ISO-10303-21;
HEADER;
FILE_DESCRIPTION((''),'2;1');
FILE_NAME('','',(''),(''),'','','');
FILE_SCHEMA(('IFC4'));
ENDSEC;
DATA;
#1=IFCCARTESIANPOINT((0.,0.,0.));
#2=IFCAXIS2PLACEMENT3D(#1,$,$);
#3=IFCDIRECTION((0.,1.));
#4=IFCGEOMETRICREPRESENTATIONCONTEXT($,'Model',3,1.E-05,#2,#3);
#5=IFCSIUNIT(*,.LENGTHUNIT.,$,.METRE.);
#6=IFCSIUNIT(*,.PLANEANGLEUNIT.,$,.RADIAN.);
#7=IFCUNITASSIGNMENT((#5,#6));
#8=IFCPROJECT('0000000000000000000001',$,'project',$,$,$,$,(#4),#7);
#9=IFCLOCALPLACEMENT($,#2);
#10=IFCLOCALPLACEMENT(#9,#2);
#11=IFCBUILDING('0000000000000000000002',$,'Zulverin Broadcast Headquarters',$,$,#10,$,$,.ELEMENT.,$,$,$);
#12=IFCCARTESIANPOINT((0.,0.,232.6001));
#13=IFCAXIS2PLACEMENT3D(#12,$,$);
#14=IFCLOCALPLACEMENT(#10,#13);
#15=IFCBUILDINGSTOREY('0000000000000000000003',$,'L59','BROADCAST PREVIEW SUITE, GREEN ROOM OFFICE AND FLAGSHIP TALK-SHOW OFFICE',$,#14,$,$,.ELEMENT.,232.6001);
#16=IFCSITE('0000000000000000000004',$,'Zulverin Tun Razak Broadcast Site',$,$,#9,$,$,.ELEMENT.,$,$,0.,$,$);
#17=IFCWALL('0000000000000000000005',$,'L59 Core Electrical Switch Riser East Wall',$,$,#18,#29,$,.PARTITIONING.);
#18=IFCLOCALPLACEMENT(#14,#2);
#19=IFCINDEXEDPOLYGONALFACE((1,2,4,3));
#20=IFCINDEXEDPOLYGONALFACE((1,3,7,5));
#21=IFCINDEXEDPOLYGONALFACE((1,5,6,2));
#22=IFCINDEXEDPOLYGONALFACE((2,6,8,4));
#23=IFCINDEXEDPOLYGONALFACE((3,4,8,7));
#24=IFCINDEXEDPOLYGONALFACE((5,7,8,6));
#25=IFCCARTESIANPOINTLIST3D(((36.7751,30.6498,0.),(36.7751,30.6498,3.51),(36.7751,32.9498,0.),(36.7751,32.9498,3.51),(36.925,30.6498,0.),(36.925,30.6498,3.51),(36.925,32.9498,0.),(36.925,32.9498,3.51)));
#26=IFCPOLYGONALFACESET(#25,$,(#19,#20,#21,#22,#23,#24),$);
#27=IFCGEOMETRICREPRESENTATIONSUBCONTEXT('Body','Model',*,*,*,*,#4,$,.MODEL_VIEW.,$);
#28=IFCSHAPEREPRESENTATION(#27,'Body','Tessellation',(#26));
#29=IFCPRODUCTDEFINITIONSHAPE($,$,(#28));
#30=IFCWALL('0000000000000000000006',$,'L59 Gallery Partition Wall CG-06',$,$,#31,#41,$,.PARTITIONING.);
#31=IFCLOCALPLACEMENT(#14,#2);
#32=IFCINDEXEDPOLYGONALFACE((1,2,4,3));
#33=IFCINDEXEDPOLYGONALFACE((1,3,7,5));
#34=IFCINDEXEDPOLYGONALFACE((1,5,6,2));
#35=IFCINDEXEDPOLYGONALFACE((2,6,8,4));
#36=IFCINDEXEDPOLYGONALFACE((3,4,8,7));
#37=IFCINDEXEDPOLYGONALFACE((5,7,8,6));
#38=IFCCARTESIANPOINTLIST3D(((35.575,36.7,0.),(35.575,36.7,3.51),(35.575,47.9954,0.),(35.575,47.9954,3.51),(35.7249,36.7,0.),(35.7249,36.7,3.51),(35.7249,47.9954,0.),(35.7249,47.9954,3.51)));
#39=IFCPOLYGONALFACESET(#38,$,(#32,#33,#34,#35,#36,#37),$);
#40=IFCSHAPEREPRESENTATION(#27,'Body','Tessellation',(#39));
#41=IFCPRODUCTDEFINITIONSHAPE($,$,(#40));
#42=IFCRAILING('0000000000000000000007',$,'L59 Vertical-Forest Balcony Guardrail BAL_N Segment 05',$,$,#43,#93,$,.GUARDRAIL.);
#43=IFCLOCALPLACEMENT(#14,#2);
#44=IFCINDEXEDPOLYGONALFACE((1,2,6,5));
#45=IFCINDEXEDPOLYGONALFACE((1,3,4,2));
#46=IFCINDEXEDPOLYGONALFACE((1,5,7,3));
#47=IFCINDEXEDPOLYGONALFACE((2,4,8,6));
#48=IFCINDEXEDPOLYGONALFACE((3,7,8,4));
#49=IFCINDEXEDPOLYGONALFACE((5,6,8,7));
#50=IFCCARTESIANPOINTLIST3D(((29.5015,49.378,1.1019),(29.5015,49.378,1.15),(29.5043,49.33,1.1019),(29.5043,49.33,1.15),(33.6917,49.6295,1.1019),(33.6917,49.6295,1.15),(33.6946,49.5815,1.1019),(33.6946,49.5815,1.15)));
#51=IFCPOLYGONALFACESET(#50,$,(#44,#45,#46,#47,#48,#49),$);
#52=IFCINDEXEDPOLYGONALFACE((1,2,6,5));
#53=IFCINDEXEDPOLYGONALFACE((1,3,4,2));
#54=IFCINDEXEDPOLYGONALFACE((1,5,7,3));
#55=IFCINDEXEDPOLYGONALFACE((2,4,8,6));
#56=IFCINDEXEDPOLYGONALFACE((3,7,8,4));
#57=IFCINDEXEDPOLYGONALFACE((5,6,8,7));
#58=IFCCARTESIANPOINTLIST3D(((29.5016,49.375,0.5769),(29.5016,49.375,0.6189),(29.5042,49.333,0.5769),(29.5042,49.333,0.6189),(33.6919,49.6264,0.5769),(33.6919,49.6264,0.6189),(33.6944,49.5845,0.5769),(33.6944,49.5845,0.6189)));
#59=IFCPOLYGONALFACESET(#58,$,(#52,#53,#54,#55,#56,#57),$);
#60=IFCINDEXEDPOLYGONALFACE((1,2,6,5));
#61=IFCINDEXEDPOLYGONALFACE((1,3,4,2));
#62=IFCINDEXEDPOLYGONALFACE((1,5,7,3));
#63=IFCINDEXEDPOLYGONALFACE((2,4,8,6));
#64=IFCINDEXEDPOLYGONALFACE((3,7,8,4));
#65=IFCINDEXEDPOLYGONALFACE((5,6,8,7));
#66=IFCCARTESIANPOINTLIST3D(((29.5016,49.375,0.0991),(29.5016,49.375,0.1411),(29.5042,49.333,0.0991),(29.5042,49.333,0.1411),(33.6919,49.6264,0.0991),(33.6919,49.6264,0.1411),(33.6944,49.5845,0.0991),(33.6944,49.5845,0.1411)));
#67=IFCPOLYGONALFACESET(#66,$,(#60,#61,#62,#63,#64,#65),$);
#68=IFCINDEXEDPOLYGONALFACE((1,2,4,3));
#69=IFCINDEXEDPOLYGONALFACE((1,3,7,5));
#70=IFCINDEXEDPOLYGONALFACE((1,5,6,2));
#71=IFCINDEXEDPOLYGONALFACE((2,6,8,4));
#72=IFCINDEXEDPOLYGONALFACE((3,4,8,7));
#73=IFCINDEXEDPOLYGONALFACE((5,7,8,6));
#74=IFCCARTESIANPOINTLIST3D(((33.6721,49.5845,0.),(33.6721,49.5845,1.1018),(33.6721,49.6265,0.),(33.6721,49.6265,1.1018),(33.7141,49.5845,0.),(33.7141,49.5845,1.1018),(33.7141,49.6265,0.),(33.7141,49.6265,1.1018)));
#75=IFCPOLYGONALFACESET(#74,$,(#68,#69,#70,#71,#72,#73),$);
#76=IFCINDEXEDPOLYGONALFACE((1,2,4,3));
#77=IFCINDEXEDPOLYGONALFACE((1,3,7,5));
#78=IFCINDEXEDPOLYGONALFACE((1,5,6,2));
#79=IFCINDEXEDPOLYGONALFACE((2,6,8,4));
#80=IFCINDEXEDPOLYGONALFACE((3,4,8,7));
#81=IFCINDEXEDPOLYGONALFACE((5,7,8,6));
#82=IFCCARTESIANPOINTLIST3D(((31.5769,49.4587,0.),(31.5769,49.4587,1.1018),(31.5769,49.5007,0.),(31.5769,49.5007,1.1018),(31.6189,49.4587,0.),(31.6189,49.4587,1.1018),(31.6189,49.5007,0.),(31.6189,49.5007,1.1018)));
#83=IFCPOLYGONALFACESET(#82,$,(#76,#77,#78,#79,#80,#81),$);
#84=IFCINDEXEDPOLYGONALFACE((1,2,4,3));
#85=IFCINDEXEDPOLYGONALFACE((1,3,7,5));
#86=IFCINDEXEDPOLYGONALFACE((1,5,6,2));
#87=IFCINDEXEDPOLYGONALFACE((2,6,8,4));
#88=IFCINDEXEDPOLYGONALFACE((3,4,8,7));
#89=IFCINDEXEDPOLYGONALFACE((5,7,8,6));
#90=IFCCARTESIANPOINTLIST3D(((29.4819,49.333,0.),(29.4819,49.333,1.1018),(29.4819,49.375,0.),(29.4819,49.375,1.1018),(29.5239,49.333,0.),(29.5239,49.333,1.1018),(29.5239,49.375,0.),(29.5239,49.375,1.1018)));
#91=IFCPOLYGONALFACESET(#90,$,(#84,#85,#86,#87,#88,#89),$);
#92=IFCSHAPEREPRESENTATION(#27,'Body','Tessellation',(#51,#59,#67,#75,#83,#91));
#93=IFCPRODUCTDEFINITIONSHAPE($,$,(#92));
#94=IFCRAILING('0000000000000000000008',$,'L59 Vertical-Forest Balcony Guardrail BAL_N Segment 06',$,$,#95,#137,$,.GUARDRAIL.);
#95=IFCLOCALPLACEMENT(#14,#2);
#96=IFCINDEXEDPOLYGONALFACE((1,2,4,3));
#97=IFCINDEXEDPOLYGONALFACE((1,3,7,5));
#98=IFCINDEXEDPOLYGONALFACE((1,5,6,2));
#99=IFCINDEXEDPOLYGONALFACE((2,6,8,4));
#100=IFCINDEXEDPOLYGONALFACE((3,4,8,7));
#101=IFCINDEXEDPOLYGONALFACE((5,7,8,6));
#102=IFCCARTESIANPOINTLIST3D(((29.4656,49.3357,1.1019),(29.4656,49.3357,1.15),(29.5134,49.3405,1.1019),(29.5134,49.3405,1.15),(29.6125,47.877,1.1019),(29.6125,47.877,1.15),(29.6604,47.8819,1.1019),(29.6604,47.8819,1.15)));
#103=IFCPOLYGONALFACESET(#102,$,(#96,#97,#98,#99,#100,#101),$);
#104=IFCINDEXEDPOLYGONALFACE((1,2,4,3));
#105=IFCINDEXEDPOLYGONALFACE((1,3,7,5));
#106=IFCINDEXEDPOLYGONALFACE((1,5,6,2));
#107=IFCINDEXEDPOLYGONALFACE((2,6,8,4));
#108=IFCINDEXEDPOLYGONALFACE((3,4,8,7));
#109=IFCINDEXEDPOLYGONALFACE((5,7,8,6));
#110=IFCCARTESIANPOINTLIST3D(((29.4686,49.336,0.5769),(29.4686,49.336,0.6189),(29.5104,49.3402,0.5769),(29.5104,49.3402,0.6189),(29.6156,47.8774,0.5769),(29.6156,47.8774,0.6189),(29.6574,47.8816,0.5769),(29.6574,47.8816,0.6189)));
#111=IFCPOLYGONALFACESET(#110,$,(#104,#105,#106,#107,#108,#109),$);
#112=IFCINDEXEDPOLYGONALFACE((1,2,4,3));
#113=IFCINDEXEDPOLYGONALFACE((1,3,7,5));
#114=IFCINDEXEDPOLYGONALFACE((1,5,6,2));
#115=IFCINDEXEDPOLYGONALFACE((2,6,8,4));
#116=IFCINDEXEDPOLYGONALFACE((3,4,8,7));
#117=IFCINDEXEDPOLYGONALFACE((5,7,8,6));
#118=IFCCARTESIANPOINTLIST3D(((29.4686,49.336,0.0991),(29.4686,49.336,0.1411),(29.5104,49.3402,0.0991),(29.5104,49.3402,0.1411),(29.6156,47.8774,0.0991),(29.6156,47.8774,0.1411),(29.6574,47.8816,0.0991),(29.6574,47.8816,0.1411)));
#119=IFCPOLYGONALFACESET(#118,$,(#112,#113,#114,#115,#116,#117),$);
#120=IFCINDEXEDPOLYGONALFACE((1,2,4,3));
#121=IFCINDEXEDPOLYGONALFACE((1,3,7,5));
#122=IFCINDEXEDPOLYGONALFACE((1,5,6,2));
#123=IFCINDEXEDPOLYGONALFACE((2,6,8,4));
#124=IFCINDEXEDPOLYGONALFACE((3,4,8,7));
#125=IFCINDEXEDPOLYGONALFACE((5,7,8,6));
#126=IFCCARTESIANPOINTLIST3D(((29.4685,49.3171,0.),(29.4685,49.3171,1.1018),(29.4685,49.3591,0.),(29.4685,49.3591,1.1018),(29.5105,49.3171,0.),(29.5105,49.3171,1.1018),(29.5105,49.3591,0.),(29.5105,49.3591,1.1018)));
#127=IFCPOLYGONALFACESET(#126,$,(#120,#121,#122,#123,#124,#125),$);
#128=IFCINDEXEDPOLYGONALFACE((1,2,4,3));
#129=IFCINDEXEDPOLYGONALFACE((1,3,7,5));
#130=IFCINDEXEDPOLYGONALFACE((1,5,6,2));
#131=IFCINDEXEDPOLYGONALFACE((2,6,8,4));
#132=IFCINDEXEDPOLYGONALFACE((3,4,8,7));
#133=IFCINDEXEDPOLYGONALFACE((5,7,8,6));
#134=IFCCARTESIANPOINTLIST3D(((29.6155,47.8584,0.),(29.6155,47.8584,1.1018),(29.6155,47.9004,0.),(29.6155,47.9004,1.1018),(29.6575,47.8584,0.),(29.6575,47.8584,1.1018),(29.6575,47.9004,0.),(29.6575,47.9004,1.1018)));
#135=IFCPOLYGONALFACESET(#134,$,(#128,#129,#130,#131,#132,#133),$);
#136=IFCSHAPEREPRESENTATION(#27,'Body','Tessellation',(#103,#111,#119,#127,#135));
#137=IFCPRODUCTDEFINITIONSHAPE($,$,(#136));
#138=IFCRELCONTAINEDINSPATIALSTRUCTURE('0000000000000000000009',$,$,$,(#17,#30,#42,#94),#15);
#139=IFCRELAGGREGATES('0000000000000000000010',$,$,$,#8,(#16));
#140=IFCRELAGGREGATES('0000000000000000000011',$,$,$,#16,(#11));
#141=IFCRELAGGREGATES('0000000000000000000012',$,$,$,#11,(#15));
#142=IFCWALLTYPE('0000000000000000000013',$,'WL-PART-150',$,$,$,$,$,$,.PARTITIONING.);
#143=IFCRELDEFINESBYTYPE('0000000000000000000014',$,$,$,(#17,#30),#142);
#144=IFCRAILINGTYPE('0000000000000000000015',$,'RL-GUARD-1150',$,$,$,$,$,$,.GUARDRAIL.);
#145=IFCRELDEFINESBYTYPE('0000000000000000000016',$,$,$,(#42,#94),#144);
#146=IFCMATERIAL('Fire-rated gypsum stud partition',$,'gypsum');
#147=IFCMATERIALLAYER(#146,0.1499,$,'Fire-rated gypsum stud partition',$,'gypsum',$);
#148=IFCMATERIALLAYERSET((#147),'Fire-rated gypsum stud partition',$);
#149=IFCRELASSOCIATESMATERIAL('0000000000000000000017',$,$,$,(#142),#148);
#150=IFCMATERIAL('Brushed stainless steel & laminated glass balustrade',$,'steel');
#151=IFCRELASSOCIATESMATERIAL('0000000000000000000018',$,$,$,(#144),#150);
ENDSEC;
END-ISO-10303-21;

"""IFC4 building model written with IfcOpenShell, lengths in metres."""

from ifc_helpers import new_model, si_unit, direction, frame, frame_2d, origin, origin_2d, place, context, subcontext, project, spatial, rectangle, extrude, material, layer, layer_set, type_object, element, save


model = new_model("IFC4")

# Units and contexts
model_context = context("Model", 3, precision=1e-05, world=origin(), true_north=direction((0.0, 1.0)))
body_context = subcontext(model_context, "Body", "Model", "MODEL_VIEW")
ifc_project = project(units=[si_unit("LENGTHUNIT", "METRE"), si_unit("PLANEANGLEUNIT", "RADIAN")], contexts=[model_context])

# Site, building, storey
site_placement = place(None, origin())
site = spatial("IfcSite", under=ifc_project, at=site_placement, Name="Zulverin Tun Razak Broadcast Site", CompositionType="ELEMENT", RefElevation=0.0)
building_placement = place(site_placement, origin())
building = spatial("IfcBuilding", under=site, at=building_placement, Name="Zulverin Broadcast Headquarters", CompositionType="ELEMENT")
storey_placement = place(building_placement, frame((0.0, 0.0, 232.6001)))
storey = spatial("IfcBuildingStorey", under=building, at=storey_placement, Name="L59", Description="BROADCAST PREVIEW SUITE, GREEN ROOM OFFICE AND FLAGSHIP TALK-SHOW OFFICE", CompositionType="ELEMENT", Elevation=232.6001)

# Shared definitions
ifc_material_1 = material(Name="Fire-rated gypsum stud partition", Category="gypsum")
ifc_layer_1 = layer(ifc_material_1, 0.1499, Name="Fire-rated gypsum stud partition", Category="gypsum")
ifc_layer_set_1 = layer_set([ifc_layer_1], Name="Fire-rated gypsum stud partition")
wall_type_1 = type_object("IfcWallType", Name="WL-PART-150", PredefinedType="PARTITIONING", material=ifc_layer_set_1)

# Walls
for number, where, z_axis, x_axis, name in (
    (1, (36.8501, 30.6499, 0.0), (0.0, 0.0, 1.0), (0.0, 1.0, 0.0), "L59 Core Electrical Switch Riser East Wall"),
):
    element("IfcWall", number, at=place(storey_placement, frame(where, z_axis=z_axis, x_axis=x_axis)), inside=storey, type_object=wall_type_1, Name=name, PredefinedType="PARTITIONING", context=body_context, shape_type="SweptSolid", body=[
        extrude(rectangle(XDim=2.3, YDim=0.1499, at=frame_2d((1.1499, 0.0))), origin(), (0.0, 0.0, 1.0), 3.51),
    ])
wall_1_placement = place(storey_placement, frame((35.6499, 36.7, 0.0), z_axis=(0.0, 0.0, 1.0), x_axis=(0.0, 1.0, 0.0)))
element("IfcWall", 2, at=wall_1_placement, inside=storey, type_object=wall_type_1, Name="L59 Gallery Partition Wall CG-06", PredefinedType="PARTITIONING", context=body_context, shape_type="SweptSolid", body=[
    extrude(rectangle(XDim=11.2954, YDim=0.1499, at=frame_2d((5.6477, 0.0))), origin(), (0.0, 0.0, 1.0), 3.51),
])

# Railings
ifc_material_2 = material(Name="Brushed stainless steel & laminated glass balustrade", Category="steel")
railing_type = type_object("IfcRailingType", Name="RL-GUARD-1150", PredefinedType="GUARDRAIL", material=ifc_material_2)
railing_1_placement = place(storey_placement, frame((33.6931, 49.6055, 0.0)))
element("IfcRailing", 3, at=railing_1_placement, inside=storey, type_object=railing_type, Name="L59 Vertical-Forest Balcony Guardrail BAL_N Segment 05", PredefinedType="GUARDRAIL", context=body_context, shape_type="SweptSolid", body=[
    extrude(rectangle(XDim=0.0481, YDim=0.0481, at=origin_2d()), frame((0.0, 0.0, 1.126), z_axis=(-0.998204, -0.059905, 0.0), x_axis=(0.059905, -0.998204, 0.0)), (0.0, 0.0, 1.0), 4.1978),
    extrude(rectangle(XDim=0.042, YDim=0.042, at=origin_2d()), frame((0.0, 0.0, 0.5979), z_axis=(-0.998204, -0.059905, 0.0), x_axis=(0.059905, -0.998204, 0.0)), (0.0, 0.0, 1.0), 4.1978),
    extrude(rectangle(XDim=0.042, YDim=0.042, at=origin_2d()), frame((0.0, 0.0, 0.1201), z_axis=(-0.998204, -0.059905, 0.0), x_axis=(0.059905, -0.998204, 0.0)), (0.0, 0.0, 1.0), 4.1978),
    extrude(rectangle(XDim=0.042, YDim=0.042, at=origin_2d()), origin(), (0.0, 0.0, 1.0), 1.1018),
    extrude(rectangle(XDim=0.042, YDim=0.042, at=origin_2d()), frame((-2.0952, -0.1257, 0.0)), (0.0, 0.0, 1.0), 1.1018),
    extrude(rectangle(XDim=0.042, YDim=0.042, at=origin_2d()), frame((-4.1902, -0.2515, 0.0)), (0.0, 0.0, 1.0), 1.1018),
])
railing_2_placement = place(storey_placement, frame((29.4895, 49.3381, 0.0)))
element("IfcRailing", 4, at=railing_2_placement, inside=storey, type_object=railing_type, Name="L59 Vertical-Forest Balcony Guardrail BAL_N Segment 06", PredefinedType="GUARDRAIL", context=body_context, shape_type="SweptSolid", body=[
    extrude(rectangle(XDim=0.0481, YDim=0.0481, at=origin_2d()), frame((0.0, 0.0, 1.126), z_axis=(0.100246, -0.994963, 0.0), x_axis=(0.994963, 0.100246, 0.0)), (0.0, 0.0, 1.0), 1.4661),
    extrude(rectangle(XDim=0.042, YDim=0.042, at=origin_2d()), frame((0.0, 0.0, 0.5979), z_axis=(0.100246, -0.994963, 0.0), x_axis=(0.994963, 0.100246, 0.0)), (0.0, 0.0, 1.0), 1.4661),
    extrude(rectangle(XDim=0.042, YDim=0.042, at=origin_2d()), frame((0.0, 0.0, 0.1201), z_axis=(0.100246, -0.994963, 0.0), x_axis=(0.994963, 0.100246, 0.0)), (0.0, 0.0, 1.0), 1.4661),
    extrude(rectangle(XDim=0.042, YDim=0.042, at=origin_2d()), origin(), (0.0, 0.0, 1.0), 1.1018),
    extrude(rectangle(XDim=0.042, YDim=0.042, at=origin_2d()), frame((0.147, -1.4587, 0.0)), (0.0, 0.0, 1.0), 1.1018),
])

save(model, "model.ifc")
